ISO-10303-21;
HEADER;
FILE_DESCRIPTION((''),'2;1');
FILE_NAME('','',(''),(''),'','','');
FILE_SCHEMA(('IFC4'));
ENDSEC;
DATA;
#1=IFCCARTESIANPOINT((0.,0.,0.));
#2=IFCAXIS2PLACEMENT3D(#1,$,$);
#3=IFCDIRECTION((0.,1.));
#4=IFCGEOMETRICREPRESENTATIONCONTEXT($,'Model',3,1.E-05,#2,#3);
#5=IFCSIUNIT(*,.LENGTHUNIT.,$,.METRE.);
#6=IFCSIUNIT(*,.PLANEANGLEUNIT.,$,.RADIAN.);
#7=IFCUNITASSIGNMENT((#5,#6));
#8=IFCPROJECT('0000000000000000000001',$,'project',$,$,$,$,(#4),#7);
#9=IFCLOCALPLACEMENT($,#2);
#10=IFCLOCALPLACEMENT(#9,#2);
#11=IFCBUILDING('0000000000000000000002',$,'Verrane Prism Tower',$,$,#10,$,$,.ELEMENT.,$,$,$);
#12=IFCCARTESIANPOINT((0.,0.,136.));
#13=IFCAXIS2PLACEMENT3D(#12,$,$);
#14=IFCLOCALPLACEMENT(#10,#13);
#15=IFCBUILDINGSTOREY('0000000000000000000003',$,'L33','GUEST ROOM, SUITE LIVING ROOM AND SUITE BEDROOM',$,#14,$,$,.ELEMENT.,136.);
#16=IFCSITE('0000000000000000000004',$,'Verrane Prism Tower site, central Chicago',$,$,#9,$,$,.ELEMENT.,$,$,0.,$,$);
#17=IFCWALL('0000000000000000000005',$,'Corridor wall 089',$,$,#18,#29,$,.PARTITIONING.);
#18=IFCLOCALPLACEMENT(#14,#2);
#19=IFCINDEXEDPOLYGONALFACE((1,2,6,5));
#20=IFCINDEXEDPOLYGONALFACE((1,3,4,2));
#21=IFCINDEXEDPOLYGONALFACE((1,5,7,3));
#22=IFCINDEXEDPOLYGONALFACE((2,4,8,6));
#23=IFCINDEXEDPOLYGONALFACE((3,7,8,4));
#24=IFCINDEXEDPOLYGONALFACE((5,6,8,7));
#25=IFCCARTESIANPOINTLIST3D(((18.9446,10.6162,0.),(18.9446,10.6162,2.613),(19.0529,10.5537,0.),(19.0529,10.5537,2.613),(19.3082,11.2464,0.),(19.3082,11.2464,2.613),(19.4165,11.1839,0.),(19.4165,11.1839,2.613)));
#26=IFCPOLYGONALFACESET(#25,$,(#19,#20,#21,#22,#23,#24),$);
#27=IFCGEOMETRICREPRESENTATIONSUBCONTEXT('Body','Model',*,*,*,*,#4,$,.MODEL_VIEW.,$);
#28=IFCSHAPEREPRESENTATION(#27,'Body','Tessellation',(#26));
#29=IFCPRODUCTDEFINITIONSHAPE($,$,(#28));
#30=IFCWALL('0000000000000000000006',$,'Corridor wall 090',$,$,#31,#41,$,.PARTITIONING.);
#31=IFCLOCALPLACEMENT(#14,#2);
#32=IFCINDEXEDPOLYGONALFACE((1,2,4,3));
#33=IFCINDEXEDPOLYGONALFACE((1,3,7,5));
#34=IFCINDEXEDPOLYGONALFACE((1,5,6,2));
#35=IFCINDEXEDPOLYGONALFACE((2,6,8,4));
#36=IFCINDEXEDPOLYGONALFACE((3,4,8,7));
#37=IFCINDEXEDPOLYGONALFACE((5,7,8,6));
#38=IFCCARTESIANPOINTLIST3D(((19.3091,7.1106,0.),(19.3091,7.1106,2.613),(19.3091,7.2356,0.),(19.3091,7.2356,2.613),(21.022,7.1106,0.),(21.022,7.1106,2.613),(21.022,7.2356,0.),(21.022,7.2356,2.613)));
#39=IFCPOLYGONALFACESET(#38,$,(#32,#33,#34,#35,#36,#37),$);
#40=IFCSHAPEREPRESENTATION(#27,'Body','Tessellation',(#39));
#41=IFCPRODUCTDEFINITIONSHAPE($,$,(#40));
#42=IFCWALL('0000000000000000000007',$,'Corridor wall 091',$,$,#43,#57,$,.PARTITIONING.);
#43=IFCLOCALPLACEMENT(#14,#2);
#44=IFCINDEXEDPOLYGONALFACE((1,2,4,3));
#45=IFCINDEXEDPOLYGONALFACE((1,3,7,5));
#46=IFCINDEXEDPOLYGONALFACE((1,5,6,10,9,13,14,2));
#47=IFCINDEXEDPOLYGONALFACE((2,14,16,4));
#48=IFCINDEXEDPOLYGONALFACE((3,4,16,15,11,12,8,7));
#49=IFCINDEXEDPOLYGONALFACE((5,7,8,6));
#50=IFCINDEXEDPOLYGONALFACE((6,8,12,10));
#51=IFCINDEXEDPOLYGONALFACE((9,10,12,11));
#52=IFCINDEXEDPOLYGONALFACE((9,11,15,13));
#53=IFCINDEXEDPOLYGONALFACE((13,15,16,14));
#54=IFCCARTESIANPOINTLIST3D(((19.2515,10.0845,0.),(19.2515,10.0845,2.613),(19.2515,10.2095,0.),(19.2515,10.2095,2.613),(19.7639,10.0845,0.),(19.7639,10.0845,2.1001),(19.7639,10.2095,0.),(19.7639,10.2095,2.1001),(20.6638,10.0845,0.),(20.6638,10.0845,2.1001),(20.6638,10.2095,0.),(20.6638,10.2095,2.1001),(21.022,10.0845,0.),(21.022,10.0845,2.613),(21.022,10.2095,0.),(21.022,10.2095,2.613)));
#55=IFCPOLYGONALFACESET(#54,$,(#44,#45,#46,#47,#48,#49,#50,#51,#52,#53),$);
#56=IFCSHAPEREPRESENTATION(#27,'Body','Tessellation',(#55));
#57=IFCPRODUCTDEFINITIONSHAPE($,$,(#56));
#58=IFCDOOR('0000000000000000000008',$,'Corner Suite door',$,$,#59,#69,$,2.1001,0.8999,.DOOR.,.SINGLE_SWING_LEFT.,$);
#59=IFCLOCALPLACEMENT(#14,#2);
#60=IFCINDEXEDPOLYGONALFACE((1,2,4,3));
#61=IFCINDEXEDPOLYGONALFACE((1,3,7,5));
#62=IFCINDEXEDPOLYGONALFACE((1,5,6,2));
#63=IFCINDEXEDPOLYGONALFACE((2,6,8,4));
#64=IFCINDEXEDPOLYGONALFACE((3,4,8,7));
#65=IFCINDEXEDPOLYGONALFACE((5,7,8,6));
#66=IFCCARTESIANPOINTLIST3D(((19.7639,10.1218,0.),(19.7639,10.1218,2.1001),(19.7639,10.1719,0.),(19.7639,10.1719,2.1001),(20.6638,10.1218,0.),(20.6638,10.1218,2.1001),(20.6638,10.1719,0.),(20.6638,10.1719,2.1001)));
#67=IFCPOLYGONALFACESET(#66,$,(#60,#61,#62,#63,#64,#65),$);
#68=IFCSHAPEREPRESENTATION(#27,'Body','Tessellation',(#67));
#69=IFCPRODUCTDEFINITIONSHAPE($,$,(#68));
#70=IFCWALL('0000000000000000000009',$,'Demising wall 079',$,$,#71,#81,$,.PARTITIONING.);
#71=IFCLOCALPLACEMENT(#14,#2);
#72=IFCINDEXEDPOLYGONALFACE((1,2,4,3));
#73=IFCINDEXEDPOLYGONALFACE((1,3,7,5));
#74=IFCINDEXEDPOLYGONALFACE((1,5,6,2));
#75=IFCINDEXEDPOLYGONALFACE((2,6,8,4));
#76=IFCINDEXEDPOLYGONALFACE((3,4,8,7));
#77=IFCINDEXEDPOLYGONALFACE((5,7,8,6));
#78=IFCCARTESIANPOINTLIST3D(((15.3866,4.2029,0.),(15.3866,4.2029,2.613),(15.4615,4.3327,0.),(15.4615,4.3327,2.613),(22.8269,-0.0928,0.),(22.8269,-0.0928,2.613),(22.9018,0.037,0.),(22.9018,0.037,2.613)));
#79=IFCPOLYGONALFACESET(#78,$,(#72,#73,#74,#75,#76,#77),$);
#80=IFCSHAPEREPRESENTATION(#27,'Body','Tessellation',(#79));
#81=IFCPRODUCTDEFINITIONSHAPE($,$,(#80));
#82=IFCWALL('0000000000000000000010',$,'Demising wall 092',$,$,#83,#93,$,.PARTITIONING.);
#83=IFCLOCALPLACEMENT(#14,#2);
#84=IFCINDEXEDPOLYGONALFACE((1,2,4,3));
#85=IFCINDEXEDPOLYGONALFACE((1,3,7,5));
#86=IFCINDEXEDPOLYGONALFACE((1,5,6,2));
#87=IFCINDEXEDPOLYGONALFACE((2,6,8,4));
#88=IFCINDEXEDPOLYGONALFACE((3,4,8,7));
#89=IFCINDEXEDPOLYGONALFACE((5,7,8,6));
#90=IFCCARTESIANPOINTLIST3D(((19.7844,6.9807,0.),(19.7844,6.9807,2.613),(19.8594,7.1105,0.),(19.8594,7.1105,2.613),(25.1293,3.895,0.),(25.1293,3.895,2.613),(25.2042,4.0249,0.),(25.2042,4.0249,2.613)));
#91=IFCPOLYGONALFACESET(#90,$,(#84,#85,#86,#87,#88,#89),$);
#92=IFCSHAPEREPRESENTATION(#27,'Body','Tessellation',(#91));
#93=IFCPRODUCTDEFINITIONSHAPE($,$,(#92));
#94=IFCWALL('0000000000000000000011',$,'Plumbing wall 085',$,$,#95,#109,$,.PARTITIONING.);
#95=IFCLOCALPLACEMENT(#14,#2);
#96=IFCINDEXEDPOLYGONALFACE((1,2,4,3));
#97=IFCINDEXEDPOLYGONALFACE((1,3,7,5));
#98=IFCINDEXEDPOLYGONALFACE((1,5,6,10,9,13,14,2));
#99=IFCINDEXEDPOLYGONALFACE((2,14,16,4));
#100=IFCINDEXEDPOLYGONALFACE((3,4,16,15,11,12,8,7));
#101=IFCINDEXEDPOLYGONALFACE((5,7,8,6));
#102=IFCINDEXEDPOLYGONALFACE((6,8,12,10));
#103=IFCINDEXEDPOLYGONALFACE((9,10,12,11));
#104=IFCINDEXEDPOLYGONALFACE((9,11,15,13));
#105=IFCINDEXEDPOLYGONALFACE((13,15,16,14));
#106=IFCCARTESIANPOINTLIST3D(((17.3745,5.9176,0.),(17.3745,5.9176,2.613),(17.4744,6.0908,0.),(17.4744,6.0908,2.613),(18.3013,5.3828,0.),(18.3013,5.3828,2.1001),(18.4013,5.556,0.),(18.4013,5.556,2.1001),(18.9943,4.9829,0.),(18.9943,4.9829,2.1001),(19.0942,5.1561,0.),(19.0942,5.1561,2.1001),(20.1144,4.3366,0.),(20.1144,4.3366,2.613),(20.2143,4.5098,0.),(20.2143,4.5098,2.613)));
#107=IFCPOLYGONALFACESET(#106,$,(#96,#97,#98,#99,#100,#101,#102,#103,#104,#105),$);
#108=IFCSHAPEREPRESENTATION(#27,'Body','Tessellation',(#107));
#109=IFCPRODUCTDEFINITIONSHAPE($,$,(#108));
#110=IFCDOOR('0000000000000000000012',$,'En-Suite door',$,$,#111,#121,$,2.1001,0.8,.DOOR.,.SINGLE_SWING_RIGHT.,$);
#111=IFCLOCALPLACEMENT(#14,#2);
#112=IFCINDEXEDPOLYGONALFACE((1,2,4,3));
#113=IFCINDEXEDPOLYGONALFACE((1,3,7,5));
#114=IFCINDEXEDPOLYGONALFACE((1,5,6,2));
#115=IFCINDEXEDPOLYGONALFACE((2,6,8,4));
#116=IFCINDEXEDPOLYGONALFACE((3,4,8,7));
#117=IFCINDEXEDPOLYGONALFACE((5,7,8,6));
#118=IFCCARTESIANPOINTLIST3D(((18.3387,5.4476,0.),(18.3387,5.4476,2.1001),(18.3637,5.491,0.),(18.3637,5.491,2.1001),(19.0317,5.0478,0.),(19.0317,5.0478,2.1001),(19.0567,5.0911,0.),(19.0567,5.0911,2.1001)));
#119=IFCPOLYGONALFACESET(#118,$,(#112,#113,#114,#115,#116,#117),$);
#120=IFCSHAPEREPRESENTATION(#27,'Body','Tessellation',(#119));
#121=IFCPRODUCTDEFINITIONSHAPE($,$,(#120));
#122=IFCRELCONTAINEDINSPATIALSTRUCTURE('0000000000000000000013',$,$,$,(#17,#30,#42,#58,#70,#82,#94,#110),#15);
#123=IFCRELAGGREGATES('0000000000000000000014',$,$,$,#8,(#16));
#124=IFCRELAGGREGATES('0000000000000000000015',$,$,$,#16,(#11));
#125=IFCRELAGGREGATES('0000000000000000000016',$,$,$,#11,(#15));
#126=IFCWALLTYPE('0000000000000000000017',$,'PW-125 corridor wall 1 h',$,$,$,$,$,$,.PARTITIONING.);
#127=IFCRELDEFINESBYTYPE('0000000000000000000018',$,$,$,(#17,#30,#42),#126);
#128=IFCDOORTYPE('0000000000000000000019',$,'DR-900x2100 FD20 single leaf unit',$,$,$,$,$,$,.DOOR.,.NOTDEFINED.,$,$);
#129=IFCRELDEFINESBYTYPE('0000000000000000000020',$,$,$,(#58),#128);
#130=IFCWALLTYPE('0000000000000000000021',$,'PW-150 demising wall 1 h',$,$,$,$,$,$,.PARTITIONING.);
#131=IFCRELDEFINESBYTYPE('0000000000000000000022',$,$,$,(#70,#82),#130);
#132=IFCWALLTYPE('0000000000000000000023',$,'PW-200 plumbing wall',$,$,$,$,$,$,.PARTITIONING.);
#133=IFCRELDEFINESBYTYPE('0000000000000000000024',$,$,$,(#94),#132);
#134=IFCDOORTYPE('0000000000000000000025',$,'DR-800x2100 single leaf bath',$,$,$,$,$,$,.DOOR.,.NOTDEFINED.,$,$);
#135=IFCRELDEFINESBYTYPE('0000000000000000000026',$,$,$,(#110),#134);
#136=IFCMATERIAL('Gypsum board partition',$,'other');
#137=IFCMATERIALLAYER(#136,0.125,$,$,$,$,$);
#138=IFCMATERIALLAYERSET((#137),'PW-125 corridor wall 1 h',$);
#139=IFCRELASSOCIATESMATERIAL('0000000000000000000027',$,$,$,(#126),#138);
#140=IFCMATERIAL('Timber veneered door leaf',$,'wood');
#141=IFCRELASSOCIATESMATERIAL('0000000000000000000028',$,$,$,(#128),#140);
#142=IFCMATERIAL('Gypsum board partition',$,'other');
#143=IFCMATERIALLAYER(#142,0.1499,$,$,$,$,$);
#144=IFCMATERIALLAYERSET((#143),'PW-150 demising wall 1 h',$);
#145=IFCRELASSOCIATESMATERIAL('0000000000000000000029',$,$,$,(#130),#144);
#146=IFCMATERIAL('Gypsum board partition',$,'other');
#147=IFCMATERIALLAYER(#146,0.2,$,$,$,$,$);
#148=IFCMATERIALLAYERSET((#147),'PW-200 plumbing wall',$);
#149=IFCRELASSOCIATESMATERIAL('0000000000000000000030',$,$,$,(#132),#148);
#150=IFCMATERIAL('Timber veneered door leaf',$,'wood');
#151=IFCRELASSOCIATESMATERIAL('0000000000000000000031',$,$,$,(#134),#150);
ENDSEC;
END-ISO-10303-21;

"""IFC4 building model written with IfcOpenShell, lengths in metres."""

from ifc_helpers import new_model, si_unit, direction, frame, frame_2d, origin, place, context, subcontext, project, spatial, rectangle, extrude, material, layer, layer_set, type_object, element, fill, save


model = new_model("IFC4")

# Units and contexts
model_context = context("Model", 3, precision=1e-05, world=origin(), true_north=direction((0.0, 1.0)))
body_context = subcontext(model_context, "Body", "Model", "MODEL_VIEW")
ifc_project = project(units=[si_unit("LENGTHUNIT", "METRE"), si_unit("PLANEANGLEUNIT", "RADIAN")], contexts=[model_context])

# Site, building, storey
site_placement = place(None, origin())
site = spatial("IfcSite", under=ifc_project, at=site_placement, Name="Verrane Prism Tower site, central Chicago", CompositionType="ELEMENT", RefElevation=0.0)
building_placement = place(site_placement, origin())
building = spatial("IfcBuilding", under=site, at=building_placement, Name="Verrane Prism Tower", CompositionType="ELEMENT")
storey_placement = place(building_placement, frame((0.0, 0.0, 136.0)))
storey = spatial("IfcBuildingStorey", under=building, at=storey_placement, Name="L33", Description="GUEST ROOM, SUITE LIVING ROOM AND SUITE BEDROOM", CompositionType="ELEMENT", Elevation=136.0)

# Shared definitions
ifc_material_1 = material(Name="Gypsum board partition", Category="other")
ifc_layer_1 = layer(ifc_material_1, 0.125)
ifc_layer_set_1 = layer_set([ifc_layer_1], Name="PW-125 corridor wall 1 h")
wall_type_1 = type_object("IfcWallType", Name="PW-125 corridor wall 1 h", PredefinedType="PARTITIONING", material=ifc_layer_set_1)
ifc_material_2 = material(Name="Timber veneered door leaf", Category="wood")
door_type_1 = type_object("IfcDoorType", Name="DR-900x2100 FD20 single leaf unit", OperationType="NOTDEFINED", PredefinedType="DOOR", material=ifc_material_2)

# Walls
wall_1_placement = place(storey_placement, frame((18.9988, 10.585, 0.0), z_axis=(0.0, 0.0, 1.0), x_axis=(0.499713, 0.866191, 0.0)))
element("IfcWall", 1, at=wall_1_placement, inside=storey, type_object=wall_type_1, Name="Corridor wall 089", PredefinedType="PARTITIONING", context=body_context, shape_type="SweptSolid", body=[
    extrude(rectangle(XDim=0.7275, YDim=0.125, at=frame_2d((0.3638, 0.0))), origin(), (0.0, 0.0, 1.0), 2.613),
])
wall_2_placement = place(storey_placement, frame((19.3091, 7.1731, 0.0), z_axis=(0.0, 0.0, 1.0), x_axis=(1.0, 0.0, 0.0)))
element("IfcWall", 2, at=wall_2_placement, inside=storey, type_object=wall_type_1, Name="Corridor wall 090", PredefinedType="PARTITIONING", context=body_context, shape_type="SweptSolid", body=[
    extrude(rectangle(XDim=1.7129, YDim=0.125, at=frame_2d((0.8564, 0.0))), origin(), (0.0, 0.0, 1.0), 2.613),
])

# Wall, opening, door
wall_3_placement = place(storey_placement, frame((19.2515, 10.147, 0.0), z_axis=(0.0, 0.0, 1.0), x_axis=(1.0, 0.0, 0.0)))
wall_3 = element("IfcWall", 3, at=wall_3_placement, inside=storey, type_object=wall_type_1, Name="Corridor wall 091", PredefinedType="PARTITIONING", context=body_context, shape_type="SweptSolid", body=[
    extrude(rectangle(XDim=1.7705, YDim=0.125, at=frame_2d((0.8853, 0.0))), origin(), (0.0, 0.0, 1.0), 2.613),
])
opening_1_placement = place(wall_3_placement, frame((0.5125, 0.0, 0.0)))
opening_1 = element("IfcOpeningElement", 4, at=opening_1_placement, cuts=wall_3, PredefinedType="OPENING", context=body_context, shape_type="SweptSolid", body=[
    extrude(rectangle(XDim=0.8999, YDim=2.1001, at=frame_2d((0.45, 1.05))), frame((0.0, 0.0725, 0.0), z_axis=(0.0, -1.0, 0.0), x_axis=(1.0, 0.0, 0.0)), (0.0, 0.0, 1.0), 0.145),
])
door_1_placement = place(opening_1_placement, origin())
door_1 = element("IfcDoor", 5, at=door_1_placement, inside=storey, type_object=door_type_1, Name="Corner Suite door", OperationType="SINGLE_SWING_LEFT", OverallHeight=2.1001, OverallWidth=0.8999, PredefinedType="DOOR", context=body_context, shape_type="SweptSolid", body=[
    extrude(rectangle(XDim=0.8999, YDim=2.1001, at=frame_2d((0.45, 1.05))), frame((0.0, 0.0249, 0.0), z_axis=(0.0, -1.0, 0.0), x_axis=(1.0, 0.0, 0.0)), (0.0, 0.0, 1.0), 0.05),
])
fill(opening_1, door_1)

# Walls
ifc_material_3 = material(Name="Gypsum board partition", Category="other")
ifc_layer_2 = layer(ifc_material_3, 0.1499)
ifc_layer_set_2 = layer_set([ifc_layer_2], Name="PW-150 demising wall 1 h")
wall_type_2 = type_object("IfcWallType", Name="PW-150 demising wall 1 h", PredefinedType="PARTITIONING", material=ifc_layer_set_2)
wall_4_placement = place(storey_placement, frame((15.4241, 4.2678, 0.0), z_axis=(0.0, 0.0, 1.0), x_axis=(0.866022, -0.500005, 0.0)))
element("IfcWall", 6, at=wall_4_placement, inside=storey, type_object=wall_type_2, Name="Demising wall 079", PredefinedType="PARTITIONING", context=body_context, shape_type="SweptSolid", body=[
    extrude(rectangle(XDim=8.5913, YDim=0.1499, at=frame_2d((4.2957, 0.0))), origin(), (0.0, 0.0, 1.0), 2.613),
])
wall_5_placement = place(storey_placement, frame((19.8218, 7.0457, 0.0), z_axis=(0.0, 0.0, 1.0), x_axis=(0.866041, -0.499972, 0.0)))
element("IfcWall", 7, at=wall_5_placement, inside=storey, type_object=wall_type_2, Name="Demising wall 092", PredefinedType="PARTITIONING", context=body_context, shape_type="SweptSolid", body=[
    extrude(rectangle(XDim=6.1716, YDim=0.1499, at=frame_2d((3.0859, 0.0))), origin(), (0.0, 0.0, 1.0), 2.613),
])

# Wall, opening, door
ifc_material_4 = material(Name="Gypsum board partition", Category="other")
ifc_layer_3 = layer(ifc_material_4, 0.2)
ifc_layer_set_3 = layer_set([ifc_layer_3], Name="PW-200 plumbing wall")
wall_type_3 = type_object("IfcWallType", Name="PW-200 plumbing wall", PredefinedType="PARTITIONING", material=ifc_layer_set_3)
wall_6_placement = place(storey_placement, frame((17.4246, 6.0042, 0.0), z_axis=(0.0, 0.0, 1.0), x_axis=(0.866146, -0.499791, 0.0)))
wall_6 = element("IfcWall", 8, at=wall_6_placement, inside=storey, type_object=wall_type_3, Name="Plumbing wall 085", PredefinedType="PARTITIONING", context=body_context, shape_type="SweptSolid", body=[
    extrude(rectangle(XDim=3.1633, YDim=0.2, at=frame_2d((1.5815, 0.0))), origin(), (0.0, 0.0, 1.0), 2.613),
])
opening_2_placement = place(wall_6_placement, frame((1.0701, 0.0, 0.0)))
opening_2 = element("IfcOpeningElement", 9, at=opening_2_placement, cuts=wall_6, PredefinedType="OPENING", context=body_context, shape_type="SweptSolid", body=[
    extrude(rectangle(XDim=0.8, YDim=2.1001, at=frame_2d((0.3999, 1.05))), frame((0.0, 0.1099, 0.0), z_axis=(0.0, -1.0, 0.0), x_axis=(1.0, 0.0, 0.0)), (0.0, 0.0, 1.0), 0.22),
])
ifc_material_5 = material(Name="Timber veneered door leaf", Category="wood")
door_type_2 = type_object("IfcDoorType", Name="DR-800x2100 single leaf bath", OperationType="NOTDEFINED", PredefinedType="DOOR", material=ifc_material_5)
door_2_placement = place(opening_2_placement, origin())
door_2 = element("IfcDoor", 10, at=door_2_placement, inside=storey, type_object=door_type_2, Name="En-Suite door", OperationType="SINGLE_SWING_RIGHT", OverallHeight=2.1001, OverallWidth=0.8, PredefinedType="DOOR", context=body_context, shape_type="SweptSolid", body=[
    extrude(rectangle(XDim=0.8, YDim=2.1001, at=frame_2d((0.3999, 1.05))), frame((0.0, 0.0249, 0.0), z_axis=(0.0, -1.0, 0.0), x_axis=(1.0, 0.0, 0.0)), (0.0, 0.0, 1.0), 0.05),
])
fill(opening_2, door_2)

save(model, "model.ifc")
